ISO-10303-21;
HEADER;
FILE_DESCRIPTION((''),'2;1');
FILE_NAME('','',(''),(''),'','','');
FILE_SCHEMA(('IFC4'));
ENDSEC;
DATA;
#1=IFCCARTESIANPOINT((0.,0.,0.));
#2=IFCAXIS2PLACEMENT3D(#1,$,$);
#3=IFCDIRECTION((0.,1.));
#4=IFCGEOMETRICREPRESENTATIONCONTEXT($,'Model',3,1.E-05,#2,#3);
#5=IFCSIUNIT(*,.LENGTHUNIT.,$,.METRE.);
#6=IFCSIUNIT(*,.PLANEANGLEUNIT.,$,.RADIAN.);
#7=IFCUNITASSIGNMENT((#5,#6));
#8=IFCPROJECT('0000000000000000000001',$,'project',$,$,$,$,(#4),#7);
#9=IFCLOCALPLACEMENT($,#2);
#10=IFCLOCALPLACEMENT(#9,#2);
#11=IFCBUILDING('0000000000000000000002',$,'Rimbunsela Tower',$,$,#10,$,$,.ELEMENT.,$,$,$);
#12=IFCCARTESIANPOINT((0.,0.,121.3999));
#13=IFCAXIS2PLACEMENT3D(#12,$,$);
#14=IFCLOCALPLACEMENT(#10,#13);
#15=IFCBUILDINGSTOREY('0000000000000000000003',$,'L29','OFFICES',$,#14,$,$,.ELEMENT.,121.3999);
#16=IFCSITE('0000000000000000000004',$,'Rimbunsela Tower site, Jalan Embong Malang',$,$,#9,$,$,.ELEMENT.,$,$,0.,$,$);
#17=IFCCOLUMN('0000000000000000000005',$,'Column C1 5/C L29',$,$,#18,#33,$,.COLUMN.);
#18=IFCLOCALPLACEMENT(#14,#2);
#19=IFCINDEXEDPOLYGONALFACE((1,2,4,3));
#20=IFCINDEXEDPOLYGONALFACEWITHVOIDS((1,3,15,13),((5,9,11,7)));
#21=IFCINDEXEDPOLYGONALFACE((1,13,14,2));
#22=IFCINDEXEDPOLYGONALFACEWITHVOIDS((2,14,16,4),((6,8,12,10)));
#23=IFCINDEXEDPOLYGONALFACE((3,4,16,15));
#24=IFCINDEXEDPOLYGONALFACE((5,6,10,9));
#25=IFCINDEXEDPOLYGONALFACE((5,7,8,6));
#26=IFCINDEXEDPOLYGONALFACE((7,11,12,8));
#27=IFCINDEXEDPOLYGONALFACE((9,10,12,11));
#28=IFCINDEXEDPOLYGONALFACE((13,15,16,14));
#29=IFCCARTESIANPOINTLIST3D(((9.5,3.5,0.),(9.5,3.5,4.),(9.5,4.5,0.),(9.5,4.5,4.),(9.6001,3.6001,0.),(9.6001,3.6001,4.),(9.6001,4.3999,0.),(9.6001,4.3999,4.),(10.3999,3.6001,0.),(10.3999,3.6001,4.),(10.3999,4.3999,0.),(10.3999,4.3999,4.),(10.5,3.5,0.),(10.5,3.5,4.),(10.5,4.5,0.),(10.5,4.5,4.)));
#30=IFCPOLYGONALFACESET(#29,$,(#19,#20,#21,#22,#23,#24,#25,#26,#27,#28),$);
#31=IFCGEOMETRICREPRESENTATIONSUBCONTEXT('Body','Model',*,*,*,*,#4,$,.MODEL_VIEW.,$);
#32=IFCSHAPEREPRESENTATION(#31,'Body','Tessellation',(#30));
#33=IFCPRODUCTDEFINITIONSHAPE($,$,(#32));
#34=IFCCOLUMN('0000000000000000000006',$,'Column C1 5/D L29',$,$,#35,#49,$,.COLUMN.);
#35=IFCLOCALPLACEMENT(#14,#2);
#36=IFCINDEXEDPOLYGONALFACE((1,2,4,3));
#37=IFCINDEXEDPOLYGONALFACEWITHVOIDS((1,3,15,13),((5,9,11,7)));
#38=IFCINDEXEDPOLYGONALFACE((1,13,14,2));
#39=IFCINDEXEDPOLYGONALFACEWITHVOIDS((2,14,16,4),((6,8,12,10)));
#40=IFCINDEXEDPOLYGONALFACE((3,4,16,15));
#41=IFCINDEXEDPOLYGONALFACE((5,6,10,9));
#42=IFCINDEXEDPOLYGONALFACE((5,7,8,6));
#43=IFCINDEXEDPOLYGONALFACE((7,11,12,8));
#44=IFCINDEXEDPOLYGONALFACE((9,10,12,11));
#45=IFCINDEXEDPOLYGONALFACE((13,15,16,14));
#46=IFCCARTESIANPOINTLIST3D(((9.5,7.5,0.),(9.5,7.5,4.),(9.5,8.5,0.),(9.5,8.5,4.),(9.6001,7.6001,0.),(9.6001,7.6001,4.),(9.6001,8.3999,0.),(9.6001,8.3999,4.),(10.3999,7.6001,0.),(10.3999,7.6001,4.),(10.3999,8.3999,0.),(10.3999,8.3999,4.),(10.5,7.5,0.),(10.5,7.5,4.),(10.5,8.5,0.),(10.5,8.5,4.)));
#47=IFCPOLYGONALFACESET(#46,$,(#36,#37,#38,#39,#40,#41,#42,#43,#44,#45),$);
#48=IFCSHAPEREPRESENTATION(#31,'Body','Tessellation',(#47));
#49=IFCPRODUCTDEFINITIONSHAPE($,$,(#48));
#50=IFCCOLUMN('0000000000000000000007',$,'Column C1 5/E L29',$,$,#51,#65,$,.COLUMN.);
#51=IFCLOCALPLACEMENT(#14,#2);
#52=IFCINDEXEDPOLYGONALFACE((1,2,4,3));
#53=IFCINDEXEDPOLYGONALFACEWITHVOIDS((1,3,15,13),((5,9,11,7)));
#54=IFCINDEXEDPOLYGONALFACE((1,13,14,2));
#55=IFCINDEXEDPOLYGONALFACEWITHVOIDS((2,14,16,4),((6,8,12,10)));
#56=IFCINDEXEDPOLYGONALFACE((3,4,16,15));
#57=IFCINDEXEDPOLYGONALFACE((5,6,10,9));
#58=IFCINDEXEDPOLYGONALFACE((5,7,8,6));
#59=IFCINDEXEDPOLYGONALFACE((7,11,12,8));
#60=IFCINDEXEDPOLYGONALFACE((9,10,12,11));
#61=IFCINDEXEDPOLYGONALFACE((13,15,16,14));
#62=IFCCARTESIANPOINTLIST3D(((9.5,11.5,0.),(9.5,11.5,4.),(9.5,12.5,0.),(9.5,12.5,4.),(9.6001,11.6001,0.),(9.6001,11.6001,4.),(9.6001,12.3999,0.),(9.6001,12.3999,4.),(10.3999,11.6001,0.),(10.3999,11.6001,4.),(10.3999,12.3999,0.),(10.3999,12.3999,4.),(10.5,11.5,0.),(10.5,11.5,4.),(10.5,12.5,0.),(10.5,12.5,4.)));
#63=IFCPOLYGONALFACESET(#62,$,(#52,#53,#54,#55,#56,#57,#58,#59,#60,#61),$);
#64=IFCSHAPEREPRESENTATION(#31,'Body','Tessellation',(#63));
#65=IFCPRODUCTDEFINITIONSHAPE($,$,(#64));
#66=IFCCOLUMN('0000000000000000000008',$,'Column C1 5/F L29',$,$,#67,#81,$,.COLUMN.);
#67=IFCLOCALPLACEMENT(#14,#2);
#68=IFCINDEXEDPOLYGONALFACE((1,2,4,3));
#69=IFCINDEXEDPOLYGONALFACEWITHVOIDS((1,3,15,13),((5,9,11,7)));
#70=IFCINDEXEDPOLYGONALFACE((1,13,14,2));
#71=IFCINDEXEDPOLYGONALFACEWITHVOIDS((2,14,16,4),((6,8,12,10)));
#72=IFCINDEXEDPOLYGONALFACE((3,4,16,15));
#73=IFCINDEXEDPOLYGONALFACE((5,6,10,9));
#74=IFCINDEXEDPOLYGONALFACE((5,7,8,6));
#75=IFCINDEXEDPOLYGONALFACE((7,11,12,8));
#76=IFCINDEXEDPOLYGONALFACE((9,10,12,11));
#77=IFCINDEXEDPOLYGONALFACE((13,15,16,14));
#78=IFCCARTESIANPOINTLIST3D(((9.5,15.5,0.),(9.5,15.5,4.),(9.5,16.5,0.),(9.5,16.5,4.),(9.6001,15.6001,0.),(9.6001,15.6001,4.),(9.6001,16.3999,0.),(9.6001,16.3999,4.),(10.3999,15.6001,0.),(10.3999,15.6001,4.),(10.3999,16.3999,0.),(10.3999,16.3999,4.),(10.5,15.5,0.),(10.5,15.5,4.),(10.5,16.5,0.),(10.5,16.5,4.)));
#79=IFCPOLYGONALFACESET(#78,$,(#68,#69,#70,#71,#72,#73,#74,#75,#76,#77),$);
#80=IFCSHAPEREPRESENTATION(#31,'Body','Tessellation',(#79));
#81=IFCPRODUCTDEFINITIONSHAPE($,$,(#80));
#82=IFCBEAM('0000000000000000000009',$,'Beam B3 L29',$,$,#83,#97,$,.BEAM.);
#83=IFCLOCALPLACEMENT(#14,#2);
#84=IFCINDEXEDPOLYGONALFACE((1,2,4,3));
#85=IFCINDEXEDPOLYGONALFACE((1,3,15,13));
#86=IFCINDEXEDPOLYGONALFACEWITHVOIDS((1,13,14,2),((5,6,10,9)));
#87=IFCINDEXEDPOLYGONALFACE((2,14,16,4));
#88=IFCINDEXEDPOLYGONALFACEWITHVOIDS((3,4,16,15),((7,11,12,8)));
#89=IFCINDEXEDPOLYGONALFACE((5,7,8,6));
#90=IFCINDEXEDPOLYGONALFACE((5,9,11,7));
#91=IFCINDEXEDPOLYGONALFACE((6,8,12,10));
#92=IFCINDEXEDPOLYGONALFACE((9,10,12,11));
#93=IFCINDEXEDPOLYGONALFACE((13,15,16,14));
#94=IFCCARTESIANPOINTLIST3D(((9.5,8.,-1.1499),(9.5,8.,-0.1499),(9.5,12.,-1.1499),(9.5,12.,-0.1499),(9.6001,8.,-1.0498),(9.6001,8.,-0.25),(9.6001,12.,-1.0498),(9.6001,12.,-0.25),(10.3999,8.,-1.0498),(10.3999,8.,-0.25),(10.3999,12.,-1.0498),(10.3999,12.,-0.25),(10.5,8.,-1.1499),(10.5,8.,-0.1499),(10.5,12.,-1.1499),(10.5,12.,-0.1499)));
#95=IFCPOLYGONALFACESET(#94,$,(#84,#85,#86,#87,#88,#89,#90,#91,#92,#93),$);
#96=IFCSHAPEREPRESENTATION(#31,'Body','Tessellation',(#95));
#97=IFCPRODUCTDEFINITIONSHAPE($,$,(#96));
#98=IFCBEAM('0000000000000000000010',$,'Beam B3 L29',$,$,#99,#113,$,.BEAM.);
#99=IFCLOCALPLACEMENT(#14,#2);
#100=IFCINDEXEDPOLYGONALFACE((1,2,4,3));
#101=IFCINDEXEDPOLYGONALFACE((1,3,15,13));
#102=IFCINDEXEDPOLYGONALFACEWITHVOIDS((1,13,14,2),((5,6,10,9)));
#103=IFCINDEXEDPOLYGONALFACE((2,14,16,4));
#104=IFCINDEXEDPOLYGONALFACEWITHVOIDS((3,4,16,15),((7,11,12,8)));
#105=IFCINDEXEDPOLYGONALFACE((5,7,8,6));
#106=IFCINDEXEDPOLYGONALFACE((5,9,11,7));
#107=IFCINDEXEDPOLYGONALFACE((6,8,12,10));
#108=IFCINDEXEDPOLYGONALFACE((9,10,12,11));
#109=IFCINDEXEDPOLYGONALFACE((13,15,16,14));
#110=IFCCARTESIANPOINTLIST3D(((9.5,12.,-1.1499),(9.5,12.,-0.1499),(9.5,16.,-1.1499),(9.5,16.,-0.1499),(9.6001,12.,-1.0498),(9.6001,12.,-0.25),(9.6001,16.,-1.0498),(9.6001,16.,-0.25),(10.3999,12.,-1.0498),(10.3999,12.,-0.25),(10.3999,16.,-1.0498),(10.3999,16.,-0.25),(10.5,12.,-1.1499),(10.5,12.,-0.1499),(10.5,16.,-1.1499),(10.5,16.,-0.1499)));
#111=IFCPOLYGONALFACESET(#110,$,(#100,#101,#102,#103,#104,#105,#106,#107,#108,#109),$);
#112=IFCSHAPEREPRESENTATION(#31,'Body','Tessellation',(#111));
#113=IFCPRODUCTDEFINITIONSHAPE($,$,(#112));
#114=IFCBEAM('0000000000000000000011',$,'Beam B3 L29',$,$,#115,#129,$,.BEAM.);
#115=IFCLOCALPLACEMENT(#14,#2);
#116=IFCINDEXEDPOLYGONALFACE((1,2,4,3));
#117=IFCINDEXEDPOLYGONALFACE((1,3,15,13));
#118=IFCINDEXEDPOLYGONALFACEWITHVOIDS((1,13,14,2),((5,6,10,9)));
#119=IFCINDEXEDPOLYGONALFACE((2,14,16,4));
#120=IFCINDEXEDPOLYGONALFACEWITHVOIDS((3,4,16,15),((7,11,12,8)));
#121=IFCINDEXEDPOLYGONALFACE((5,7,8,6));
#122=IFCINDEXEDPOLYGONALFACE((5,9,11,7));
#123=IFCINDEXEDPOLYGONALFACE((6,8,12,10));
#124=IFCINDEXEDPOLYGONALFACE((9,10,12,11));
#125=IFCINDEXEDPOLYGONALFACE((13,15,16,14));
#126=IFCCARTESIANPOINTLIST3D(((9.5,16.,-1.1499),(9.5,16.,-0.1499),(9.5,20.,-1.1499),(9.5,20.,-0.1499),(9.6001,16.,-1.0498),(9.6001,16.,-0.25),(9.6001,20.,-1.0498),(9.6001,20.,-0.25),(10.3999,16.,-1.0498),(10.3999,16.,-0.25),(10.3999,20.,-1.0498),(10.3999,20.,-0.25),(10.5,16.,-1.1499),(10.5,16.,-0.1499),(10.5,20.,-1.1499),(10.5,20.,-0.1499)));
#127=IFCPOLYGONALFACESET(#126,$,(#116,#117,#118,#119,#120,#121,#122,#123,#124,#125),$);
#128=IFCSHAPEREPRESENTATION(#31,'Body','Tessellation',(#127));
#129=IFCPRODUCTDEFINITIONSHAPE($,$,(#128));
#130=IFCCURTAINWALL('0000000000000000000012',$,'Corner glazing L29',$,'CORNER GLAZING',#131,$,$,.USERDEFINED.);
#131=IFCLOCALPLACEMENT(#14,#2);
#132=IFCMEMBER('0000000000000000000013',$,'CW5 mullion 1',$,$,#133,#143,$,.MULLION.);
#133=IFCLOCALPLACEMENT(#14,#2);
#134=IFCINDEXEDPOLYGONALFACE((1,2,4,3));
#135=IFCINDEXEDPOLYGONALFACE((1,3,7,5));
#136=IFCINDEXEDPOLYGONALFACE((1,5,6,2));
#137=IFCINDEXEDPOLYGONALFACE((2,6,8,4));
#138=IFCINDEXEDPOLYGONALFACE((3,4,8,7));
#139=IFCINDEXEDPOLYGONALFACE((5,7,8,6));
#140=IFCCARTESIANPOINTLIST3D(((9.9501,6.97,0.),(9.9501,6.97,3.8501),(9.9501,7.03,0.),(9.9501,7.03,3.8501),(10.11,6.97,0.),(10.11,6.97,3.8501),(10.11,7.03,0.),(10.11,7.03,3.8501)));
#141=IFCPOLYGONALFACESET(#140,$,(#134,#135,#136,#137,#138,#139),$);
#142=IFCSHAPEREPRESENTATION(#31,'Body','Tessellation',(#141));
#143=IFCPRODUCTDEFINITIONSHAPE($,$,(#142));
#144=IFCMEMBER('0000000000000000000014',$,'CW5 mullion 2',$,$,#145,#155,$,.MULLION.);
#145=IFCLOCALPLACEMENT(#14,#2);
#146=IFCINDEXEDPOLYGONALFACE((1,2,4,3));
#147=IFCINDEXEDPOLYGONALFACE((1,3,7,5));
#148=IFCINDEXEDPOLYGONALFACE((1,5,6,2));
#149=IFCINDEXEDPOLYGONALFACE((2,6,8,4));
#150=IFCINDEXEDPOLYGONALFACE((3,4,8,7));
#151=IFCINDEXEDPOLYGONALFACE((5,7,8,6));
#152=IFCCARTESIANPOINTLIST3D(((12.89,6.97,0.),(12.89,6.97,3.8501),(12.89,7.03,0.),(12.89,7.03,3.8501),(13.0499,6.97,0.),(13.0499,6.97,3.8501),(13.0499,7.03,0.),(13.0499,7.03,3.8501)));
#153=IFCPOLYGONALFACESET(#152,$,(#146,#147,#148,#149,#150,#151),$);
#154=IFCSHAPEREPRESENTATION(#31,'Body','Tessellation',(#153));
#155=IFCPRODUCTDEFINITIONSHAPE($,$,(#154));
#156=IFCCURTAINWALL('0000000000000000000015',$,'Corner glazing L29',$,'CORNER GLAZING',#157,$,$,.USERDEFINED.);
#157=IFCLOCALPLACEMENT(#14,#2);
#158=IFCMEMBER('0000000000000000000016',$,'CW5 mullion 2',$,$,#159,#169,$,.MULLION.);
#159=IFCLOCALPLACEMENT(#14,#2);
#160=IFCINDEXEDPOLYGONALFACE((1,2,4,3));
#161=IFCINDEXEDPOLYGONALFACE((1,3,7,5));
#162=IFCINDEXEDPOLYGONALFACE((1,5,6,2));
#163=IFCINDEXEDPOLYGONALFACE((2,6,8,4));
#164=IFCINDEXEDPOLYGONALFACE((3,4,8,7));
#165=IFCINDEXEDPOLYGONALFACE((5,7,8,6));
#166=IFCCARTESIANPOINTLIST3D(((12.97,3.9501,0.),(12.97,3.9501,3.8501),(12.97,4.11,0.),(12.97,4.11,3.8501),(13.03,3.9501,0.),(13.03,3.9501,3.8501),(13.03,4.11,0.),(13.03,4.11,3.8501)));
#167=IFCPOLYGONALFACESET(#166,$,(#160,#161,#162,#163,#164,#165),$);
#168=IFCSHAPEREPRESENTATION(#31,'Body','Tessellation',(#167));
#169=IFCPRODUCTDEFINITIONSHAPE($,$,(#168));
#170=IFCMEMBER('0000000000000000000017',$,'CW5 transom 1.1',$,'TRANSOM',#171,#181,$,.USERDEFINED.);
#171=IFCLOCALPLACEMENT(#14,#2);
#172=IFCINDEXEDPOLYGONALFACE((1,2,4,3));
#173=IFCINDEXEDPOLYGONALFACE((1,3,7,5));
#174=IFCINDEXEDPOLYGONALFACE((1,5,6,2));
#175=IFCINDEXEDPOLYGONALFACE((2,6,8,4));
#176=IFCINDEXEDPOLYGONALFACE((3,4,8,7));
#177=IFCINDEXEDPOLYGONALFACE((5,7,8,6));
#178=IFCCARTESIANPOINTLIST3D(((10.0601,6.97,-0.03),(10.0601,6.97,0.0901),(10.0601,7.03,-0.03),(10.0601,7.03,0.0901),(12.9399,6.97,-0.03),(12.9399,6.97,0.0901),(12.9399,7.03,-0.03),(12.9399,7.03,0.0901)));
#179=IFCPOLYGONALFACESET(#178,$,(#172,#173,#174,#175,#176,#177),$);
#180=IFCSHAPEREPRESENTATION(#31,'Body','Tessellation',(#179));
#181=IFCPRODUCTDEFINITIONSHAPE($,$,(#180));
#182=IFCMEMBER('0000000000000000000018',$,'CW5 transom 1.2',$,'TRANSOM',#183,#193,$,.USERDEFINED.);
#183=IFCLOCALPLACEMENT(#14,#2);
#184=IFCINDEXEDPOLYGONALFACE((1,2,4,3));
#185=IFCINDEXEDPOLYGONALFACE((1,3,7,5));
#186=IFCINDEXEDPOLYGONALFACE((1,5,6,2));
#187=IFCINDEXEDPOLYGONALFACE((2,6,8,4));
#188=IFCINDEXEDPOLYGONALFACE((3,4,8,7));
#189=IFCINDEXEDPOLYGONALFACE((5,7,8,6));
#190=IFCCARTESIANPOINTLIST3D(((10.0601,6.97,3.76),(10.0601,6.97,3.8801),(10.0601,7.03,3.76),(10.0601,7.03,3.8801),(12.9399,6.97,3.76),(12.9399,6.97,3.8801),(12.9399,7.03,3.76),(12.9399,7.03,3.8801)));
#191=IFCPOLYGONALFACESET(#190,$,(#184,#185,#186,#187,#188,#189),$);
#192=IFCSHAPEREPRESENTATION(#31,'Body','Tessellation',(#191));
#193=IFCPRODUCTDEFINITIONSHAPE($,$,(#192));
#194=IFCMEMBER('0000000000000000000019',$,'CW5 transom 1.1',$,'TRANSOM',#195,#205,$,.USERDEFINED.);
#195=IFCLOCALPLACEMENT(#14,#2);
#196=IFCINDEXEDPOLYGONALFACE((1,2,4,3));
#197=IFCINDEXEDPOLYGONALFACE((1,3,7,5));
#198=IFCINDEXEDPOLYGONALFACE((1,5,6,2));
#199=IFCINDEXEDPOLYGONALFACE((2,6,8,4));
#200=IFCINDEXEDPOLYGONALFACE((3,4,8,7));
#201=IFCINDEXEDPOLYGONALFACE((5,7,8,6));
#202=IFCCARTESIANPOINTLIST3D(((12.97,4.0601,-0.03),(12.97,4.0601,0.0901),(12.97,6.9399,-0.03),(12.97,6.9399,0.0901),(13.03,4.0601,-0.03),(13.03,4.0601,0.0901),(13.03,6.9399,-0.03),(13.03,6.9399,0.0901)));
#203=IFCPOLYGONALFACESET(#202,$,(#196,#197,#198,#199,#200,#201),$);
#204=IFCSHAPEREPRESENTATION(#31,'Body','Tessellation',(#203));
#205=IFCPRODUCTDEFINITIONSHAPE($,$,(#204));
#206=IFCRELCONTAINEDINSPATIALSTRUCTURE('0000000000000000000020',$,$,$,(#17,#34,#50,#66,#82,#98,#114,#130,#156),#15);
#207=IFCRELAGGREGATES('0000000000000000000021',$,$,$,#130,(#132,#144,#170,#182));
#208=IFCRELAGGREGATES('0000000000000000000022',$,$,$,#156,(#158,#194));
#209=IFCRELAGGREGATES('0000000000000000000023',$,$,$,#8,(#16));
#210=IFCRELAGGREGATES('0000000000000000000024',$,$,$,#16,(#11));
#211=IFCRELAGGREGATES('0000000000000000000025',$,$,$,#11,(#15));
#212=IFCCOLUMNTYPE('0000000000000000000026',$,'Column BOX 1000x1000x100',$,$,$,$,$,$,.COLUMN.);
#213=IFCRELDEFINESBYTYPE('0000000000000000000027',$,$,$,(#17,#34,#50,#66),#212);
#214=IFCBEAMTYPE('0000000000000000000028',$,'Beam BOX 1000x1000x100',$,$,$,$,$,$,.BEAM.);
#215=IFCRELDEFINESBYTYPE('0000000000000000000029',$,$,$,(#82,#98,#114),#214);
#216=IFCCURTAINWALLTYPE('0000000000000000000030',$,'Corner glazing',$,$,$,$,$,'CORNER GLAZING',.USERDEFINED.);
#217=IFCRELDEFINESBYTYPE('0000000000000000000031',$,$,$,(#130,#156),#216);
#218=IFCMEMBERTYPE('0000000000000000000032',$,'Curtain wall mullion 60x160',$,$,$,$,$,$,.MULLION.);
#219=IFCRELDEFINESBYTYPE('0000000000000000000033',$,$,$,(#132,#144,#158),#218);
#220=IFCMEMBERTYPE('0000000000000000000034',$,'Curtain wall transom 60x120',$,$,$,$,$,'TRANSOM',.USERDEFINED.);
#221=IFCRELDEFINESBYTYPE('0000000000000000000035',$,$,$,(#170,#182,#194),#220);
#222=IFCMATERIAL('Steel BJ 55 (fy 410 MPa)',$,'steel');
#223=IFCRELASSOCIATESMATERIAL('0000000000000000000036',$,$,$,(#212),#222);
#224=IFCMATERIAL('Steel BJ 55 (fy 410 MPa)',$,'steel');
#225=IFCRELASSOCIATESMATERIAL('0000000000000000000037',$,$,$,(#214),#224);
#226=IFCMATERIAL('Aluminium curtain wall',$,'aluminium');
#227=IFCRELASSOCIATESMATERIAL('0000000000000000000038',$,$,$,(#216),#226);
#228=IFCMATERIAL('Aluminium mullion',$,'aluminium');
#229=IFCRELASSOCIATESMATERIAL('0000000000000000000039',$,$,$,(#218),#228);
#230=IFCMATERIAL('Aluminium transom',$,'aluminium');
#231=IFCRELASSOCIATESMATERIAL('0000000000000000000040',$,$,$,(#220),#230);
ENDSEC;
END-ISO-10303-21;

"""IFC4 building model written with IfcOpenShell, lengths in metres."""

from ifc_helpers import new_model, si_unit, direction, frame, origin, origin_2d, place, context, subcontext, project, spatial, rectangle, hollow_rectangle, extrude, material, material_profile, profile_set, type_object, element, aggregate, save


model = new_model("IFC4")

# Units and contexts
model_context = context("Model", 3, precision=1e-05, world=origin(), true_north=direction((0.0, 1.0)))
body_context = subcontext(model_context, "Body", "Model", "MODEL_VIEW")
ifc_project = project(units=[si_unit("LENGTHUNIT", "METRE"), si_unit("PLANEANGLEUNIT", "RADIAN")], contexts=[model_context])

# Site, building, storey
site_placement = place(None, origin())
site = spatial("IfcSite", under=ifc_project, at=site_placement, Name="Rimbunsela Tower site, Jalan Embong Malang", CompositionType="ELEMENT", RefElevation=0.0)
building_placement = place(site_placement, origin())
building = spatial("IfcBuilding", under=site, at=building_placement, Name="Rimbunsela Tower", CompositionType="ELEMENT")
storey_placement = place(building_placement, frame((0.0, 0.0, 121.3999)))
storey = spatial("IfcBuildingStorey", under=building, at=storey_placement, Name="L29", Description="OFFICES", CompositionType="ELEMENT", Elevation=121.3999)

# Columns
ifc_material_1 = material(Name="Steel BJ 55 (fy 410 MPa)", Category="steel")
ifc_material_profile_1 = material_profile(ifc_material_1, hollow_rectangle(XDim=1.0, YDim=1.0, WallThickness=0.1001, at=origin_2d()), Name="BOX 1000x1000x100")
ifc_profile_set_1 = profile_set([ifc_material_profile_1], Name="Steel BJ 55 (fy 410 MPa)")
column_type = type_object("IfcColumnType", Name="Column BOX 1000x1000x100", PredefinedType="COLUMN", material=ifc_profile_set_1)
for number, where, z_axis, x_axis, name in (
    (1, (10.0, 4.0, 0.0), (0.0, 0.0, 1.0), (1.0, 0.0, 0.0), "Column C1 5/C L29"),
    (2, (10.0, 8.0, 0.0), (0.0, 0.0, 1.0), (1.0, 0.0, 0.0), "Column C1 5/D L29"),
    (3, (10.0, 12.0, 0.0), (0.0, 0.0, 1.0), (1.0, 0.0, 0.0), "Column C1 5/E L29"),
    (4, (10.0, 16.0, 0.0), (0.0, 0.0, 1.0), (1.0, 0.0, 0.0), "Column C1 5/F L29"),
):
    element("IfcColumn", number, at=place(storey_placement, frame(where, z_axis=z_axis, x_axis=x_axis)), inside=storey, type_object=column_type, Name=name, PredefinedType="COLUMN", context=body_context, shape_type="SweptSolid", body=[
        extrude(hollow_rectangle(XDim=1.0, YDim=1.0, WallThickness=0.1001, at=origin_2d()), origin(), (0.0, 0.0, 1.0), 4.0),
    ])

# Beams
ifc_material_2 = material(Name="Steel BJ 55 (fy 410 MPa)", Category="steel")
ifc_material_profile_2 = material_profile(ifc_material_2, hollow_rectangle(XDim=1.0, YDim=1.0, WallThickness=0.1001, at=origin_2d()), Name="BOX 1000x1000x100")
ifc_profile_set_2 = profile_set([ifc_material_profile_2], Name="Steel BJ 55 (fy 410 MPa)")
beam_type = type_object("IfcBeamType", Name="Beam BOX 1000x1000x100", PredefinedType="BEAM", material=ifc_profile_set_2)
for number, where, z_axis, x_axis, name in (
    (5, (10.0, 8.0, -0.6499), (0.0, 1.0, 0.0), (-1.0, 0.0, 0.0), "Beam B3 L29"),
    (6, (10.0, 12.0, -0.6499), (0.0, 1.0, 0.0), (-1.0, 0.0, 0.0), "Beam B3 L29"),
    (7, (10.0, 16.0, -0.6499), (0.0, 1.0, 0.0), (-1.0, 0.0, 0.0), "Beam B3 L29"),
):
    element("IfcBeam", number, at=place(storey_placement, frame(where, z_axis=z_axis, x_axis=x_axis)), inside=storey, type_object=beam_type, Name=name, PredefinedType="BEAM", context=body_context, shape_type="SweptSolid", body=[
        extrude(hollow_rectangle(XDim=1.0, YDim=1.0, WallThickness=0.1001, at=origin_2d()), origin(), (0.0, 0.0, 1.0), 4.0),
    ])

# Curtain wall, members
ifc_material_3 = material(Name="Aluminium curtain wall", Category="aluminium")
curtain_wall_type = type_object("IfcCurtainWallType", Name="Corner glazing", ElementType="CORNER GLAZING", PredefinedType="USERDEFINED", material=ifc_material_3)
curtain_wall_1_placement = place(storey_placement, origin())
curtain_wall_1 = element("IfcCurtainWall", 8, at=curtain_wall_1_placement, inside=storey, type_object=curtain_wall_type, Name="Corner glazing L29", ObjectType="CORNER GLAZING", PredefinedType="USERDEFINED")
ifc_material_4 = material(Name="Aluminium mullion", Category="aluminium")
ifc_material_profile_3 = material_profile(ifc_material_4, rectangle(XDim=0.0601, YDim=0.1599, at=origin_2d()), Name="Mullion 60x160")
ifc_profile_set_3 = profile_set([ifc_material_profile_3], Name="Aluminium mullion")
member_type_1 = type_object("IfcMemberType", Name="Curtain wall mullion 60x160", PredefinedType="MULLION", material=ifc_profile_set_3)
member_1_placement = place(storey_placement, frame((10.03, 7.0, 0.0), z_axis=(0.0, 0.0, 1.0), x_axis=(0.0, 1.0, 0.0)))
member_1 = element("IfcMember", 9, at=member_1_placement, type_object=member_type_1, Name="CW5 mullion 1", PredefinedType="MULLION", context=body_context, shape_type="SweptSolid", body=[
    extrude(rectangle(XDim=0.0601, YDim=0.1599, at=origin_2d()), origin(), (0.0, 0.0, 1.0), 3.8501),
])
member_2_placement = place(storey_placement, frame((12.97, 7.0, 0.0), z_axis=(0.0, 0.0, 1.0), x_axis=(0.0, 1.0, 0.0)))
member_2 = element("IfcMember", 10, at=member_2_placement, type_object=member_type_1, Name="CW5 mullion 2", PredefinedType="MULLION", context=body_context, shape_type="SweptSolid", body=[
    extrude(rectangle(XDim=0.0601, YDim=0.1599, at=origin_2d()), origin(), (0.0, 0.0, 1.0), 3.8501),
])

# Curtain wall, member
curtain_wall_2_placement = place(storey_placement, origin())
curtain_wall_2 = element("IfcCurtainWall", 11, at=curtain_wall_2_placement, inside=storey, type_object=curtain_wall_type, Name="Corner glazing L29", ObjectType="CORNER GLAZING", PredefinedType="USERDEFINED")
member_3_placement = place(storey_placement, frame((13.0, 4.03, 0.0), z_axis=(0.0, 0.0, 1.0), x_axis=(1.0, 0.0, 0.0)))
member_3 = element("IfcMember", 12, at=member_3_placement, type_object=member_type_1, Name="CW5 mullion 2", PredefinedType="MULLION", context=body_context, shape_type="SweptSolid", body=[
    extrude(rectangle(XDim=0.0601, YDim=0.1599, at=origin_2d()), origin(), (0.0, 0.0, 1.0), 3.8501),
])

# Members
ifc_material_5 = material(Name="Aluminium transom", Category="aluminium")
ifc_material_profile_4 = material_profile(ifc_material_5, rectangle(XDim=0.0601, YDim=0.1201, at=origin_2d()), Name="Transom 60x120")
ifc_profile_set_4 = profile_set([ifc_material_profile_4], Name="Aluminium transom")
member_type_2 = type_object("IfcMemberType", Name="Curtain wall transom 60x120", ElementType="TRANSOM", PredefinedType="USERDEFINED", material=ifc_profile_set_4)
member_4_placement = place(storey_placement, frame((10.0601, 7.0, 0.03), z_axis=(1.0, 0.0, 0.0), x_axis=(0.0, 1.0, 0.0)))
member_4 = element("IfcMember", 13, at=member_4_placement, type_object=member_type_2, Name="CW5 transom 1.1", ObjectType="TRANSOM", PredefinedType="USERDEFINED", context=body_context, shape_type="SweptSolid", body=[
    extrude(rectangle(XDim=0.0601, YDim=0.1201, at=origin_2d()), origin(), (0.0, 0.0, 1.0), 2.8799),
])
member_5_placement = place(storey_placement, frame((10.0601, 7.0, 3.8201), z_axis=(1.0, 0.0, 0.0), x_axis=(0.0, 1.0, 0.0)))
member_5 = element("IfcMember", 14, at=member_5_placement, type_object=member_type_2, Name="CW5 transom 1.2", ObjectType="TRANSOM", PredefinedType="USERDEFINED", context=body_context, shape_type="SweptSolid", body=[
    extrude(rectangle(XDim=0.0601, YDim=0.1201, at=origin_2d()), origin(), (0.0, 0.0, 1.0), 2.8799),
])
member_6_placement = place(storey_placement, frame((13.0, 6.9399, 0.03), z_axis=(0.0, -1.0, 0.0), x_axis=(1.0, 0.0, 0.0)))
member_6 = element("IfcMember", 15, at=member_6_placement, type_object=member_type_2, Name="CW5 transom 1.1", ObjectType="TRANSOM", PredefinedType="USERDEFINED", context=body_context, shape_type="SweptSolid", body=[
    extrude(rectangle(XDim=0.0601, YDim=0.1201, at=origin_2d()), origin(), (0.0, 0.0, 1.0), 2.8799),
])

aggregate(curtain_wall_1, [member_1, member_2, member_4, member_5])
aggregate(curtain_wall_2, [member_3, member_6])

save(model, "model.ifc")
